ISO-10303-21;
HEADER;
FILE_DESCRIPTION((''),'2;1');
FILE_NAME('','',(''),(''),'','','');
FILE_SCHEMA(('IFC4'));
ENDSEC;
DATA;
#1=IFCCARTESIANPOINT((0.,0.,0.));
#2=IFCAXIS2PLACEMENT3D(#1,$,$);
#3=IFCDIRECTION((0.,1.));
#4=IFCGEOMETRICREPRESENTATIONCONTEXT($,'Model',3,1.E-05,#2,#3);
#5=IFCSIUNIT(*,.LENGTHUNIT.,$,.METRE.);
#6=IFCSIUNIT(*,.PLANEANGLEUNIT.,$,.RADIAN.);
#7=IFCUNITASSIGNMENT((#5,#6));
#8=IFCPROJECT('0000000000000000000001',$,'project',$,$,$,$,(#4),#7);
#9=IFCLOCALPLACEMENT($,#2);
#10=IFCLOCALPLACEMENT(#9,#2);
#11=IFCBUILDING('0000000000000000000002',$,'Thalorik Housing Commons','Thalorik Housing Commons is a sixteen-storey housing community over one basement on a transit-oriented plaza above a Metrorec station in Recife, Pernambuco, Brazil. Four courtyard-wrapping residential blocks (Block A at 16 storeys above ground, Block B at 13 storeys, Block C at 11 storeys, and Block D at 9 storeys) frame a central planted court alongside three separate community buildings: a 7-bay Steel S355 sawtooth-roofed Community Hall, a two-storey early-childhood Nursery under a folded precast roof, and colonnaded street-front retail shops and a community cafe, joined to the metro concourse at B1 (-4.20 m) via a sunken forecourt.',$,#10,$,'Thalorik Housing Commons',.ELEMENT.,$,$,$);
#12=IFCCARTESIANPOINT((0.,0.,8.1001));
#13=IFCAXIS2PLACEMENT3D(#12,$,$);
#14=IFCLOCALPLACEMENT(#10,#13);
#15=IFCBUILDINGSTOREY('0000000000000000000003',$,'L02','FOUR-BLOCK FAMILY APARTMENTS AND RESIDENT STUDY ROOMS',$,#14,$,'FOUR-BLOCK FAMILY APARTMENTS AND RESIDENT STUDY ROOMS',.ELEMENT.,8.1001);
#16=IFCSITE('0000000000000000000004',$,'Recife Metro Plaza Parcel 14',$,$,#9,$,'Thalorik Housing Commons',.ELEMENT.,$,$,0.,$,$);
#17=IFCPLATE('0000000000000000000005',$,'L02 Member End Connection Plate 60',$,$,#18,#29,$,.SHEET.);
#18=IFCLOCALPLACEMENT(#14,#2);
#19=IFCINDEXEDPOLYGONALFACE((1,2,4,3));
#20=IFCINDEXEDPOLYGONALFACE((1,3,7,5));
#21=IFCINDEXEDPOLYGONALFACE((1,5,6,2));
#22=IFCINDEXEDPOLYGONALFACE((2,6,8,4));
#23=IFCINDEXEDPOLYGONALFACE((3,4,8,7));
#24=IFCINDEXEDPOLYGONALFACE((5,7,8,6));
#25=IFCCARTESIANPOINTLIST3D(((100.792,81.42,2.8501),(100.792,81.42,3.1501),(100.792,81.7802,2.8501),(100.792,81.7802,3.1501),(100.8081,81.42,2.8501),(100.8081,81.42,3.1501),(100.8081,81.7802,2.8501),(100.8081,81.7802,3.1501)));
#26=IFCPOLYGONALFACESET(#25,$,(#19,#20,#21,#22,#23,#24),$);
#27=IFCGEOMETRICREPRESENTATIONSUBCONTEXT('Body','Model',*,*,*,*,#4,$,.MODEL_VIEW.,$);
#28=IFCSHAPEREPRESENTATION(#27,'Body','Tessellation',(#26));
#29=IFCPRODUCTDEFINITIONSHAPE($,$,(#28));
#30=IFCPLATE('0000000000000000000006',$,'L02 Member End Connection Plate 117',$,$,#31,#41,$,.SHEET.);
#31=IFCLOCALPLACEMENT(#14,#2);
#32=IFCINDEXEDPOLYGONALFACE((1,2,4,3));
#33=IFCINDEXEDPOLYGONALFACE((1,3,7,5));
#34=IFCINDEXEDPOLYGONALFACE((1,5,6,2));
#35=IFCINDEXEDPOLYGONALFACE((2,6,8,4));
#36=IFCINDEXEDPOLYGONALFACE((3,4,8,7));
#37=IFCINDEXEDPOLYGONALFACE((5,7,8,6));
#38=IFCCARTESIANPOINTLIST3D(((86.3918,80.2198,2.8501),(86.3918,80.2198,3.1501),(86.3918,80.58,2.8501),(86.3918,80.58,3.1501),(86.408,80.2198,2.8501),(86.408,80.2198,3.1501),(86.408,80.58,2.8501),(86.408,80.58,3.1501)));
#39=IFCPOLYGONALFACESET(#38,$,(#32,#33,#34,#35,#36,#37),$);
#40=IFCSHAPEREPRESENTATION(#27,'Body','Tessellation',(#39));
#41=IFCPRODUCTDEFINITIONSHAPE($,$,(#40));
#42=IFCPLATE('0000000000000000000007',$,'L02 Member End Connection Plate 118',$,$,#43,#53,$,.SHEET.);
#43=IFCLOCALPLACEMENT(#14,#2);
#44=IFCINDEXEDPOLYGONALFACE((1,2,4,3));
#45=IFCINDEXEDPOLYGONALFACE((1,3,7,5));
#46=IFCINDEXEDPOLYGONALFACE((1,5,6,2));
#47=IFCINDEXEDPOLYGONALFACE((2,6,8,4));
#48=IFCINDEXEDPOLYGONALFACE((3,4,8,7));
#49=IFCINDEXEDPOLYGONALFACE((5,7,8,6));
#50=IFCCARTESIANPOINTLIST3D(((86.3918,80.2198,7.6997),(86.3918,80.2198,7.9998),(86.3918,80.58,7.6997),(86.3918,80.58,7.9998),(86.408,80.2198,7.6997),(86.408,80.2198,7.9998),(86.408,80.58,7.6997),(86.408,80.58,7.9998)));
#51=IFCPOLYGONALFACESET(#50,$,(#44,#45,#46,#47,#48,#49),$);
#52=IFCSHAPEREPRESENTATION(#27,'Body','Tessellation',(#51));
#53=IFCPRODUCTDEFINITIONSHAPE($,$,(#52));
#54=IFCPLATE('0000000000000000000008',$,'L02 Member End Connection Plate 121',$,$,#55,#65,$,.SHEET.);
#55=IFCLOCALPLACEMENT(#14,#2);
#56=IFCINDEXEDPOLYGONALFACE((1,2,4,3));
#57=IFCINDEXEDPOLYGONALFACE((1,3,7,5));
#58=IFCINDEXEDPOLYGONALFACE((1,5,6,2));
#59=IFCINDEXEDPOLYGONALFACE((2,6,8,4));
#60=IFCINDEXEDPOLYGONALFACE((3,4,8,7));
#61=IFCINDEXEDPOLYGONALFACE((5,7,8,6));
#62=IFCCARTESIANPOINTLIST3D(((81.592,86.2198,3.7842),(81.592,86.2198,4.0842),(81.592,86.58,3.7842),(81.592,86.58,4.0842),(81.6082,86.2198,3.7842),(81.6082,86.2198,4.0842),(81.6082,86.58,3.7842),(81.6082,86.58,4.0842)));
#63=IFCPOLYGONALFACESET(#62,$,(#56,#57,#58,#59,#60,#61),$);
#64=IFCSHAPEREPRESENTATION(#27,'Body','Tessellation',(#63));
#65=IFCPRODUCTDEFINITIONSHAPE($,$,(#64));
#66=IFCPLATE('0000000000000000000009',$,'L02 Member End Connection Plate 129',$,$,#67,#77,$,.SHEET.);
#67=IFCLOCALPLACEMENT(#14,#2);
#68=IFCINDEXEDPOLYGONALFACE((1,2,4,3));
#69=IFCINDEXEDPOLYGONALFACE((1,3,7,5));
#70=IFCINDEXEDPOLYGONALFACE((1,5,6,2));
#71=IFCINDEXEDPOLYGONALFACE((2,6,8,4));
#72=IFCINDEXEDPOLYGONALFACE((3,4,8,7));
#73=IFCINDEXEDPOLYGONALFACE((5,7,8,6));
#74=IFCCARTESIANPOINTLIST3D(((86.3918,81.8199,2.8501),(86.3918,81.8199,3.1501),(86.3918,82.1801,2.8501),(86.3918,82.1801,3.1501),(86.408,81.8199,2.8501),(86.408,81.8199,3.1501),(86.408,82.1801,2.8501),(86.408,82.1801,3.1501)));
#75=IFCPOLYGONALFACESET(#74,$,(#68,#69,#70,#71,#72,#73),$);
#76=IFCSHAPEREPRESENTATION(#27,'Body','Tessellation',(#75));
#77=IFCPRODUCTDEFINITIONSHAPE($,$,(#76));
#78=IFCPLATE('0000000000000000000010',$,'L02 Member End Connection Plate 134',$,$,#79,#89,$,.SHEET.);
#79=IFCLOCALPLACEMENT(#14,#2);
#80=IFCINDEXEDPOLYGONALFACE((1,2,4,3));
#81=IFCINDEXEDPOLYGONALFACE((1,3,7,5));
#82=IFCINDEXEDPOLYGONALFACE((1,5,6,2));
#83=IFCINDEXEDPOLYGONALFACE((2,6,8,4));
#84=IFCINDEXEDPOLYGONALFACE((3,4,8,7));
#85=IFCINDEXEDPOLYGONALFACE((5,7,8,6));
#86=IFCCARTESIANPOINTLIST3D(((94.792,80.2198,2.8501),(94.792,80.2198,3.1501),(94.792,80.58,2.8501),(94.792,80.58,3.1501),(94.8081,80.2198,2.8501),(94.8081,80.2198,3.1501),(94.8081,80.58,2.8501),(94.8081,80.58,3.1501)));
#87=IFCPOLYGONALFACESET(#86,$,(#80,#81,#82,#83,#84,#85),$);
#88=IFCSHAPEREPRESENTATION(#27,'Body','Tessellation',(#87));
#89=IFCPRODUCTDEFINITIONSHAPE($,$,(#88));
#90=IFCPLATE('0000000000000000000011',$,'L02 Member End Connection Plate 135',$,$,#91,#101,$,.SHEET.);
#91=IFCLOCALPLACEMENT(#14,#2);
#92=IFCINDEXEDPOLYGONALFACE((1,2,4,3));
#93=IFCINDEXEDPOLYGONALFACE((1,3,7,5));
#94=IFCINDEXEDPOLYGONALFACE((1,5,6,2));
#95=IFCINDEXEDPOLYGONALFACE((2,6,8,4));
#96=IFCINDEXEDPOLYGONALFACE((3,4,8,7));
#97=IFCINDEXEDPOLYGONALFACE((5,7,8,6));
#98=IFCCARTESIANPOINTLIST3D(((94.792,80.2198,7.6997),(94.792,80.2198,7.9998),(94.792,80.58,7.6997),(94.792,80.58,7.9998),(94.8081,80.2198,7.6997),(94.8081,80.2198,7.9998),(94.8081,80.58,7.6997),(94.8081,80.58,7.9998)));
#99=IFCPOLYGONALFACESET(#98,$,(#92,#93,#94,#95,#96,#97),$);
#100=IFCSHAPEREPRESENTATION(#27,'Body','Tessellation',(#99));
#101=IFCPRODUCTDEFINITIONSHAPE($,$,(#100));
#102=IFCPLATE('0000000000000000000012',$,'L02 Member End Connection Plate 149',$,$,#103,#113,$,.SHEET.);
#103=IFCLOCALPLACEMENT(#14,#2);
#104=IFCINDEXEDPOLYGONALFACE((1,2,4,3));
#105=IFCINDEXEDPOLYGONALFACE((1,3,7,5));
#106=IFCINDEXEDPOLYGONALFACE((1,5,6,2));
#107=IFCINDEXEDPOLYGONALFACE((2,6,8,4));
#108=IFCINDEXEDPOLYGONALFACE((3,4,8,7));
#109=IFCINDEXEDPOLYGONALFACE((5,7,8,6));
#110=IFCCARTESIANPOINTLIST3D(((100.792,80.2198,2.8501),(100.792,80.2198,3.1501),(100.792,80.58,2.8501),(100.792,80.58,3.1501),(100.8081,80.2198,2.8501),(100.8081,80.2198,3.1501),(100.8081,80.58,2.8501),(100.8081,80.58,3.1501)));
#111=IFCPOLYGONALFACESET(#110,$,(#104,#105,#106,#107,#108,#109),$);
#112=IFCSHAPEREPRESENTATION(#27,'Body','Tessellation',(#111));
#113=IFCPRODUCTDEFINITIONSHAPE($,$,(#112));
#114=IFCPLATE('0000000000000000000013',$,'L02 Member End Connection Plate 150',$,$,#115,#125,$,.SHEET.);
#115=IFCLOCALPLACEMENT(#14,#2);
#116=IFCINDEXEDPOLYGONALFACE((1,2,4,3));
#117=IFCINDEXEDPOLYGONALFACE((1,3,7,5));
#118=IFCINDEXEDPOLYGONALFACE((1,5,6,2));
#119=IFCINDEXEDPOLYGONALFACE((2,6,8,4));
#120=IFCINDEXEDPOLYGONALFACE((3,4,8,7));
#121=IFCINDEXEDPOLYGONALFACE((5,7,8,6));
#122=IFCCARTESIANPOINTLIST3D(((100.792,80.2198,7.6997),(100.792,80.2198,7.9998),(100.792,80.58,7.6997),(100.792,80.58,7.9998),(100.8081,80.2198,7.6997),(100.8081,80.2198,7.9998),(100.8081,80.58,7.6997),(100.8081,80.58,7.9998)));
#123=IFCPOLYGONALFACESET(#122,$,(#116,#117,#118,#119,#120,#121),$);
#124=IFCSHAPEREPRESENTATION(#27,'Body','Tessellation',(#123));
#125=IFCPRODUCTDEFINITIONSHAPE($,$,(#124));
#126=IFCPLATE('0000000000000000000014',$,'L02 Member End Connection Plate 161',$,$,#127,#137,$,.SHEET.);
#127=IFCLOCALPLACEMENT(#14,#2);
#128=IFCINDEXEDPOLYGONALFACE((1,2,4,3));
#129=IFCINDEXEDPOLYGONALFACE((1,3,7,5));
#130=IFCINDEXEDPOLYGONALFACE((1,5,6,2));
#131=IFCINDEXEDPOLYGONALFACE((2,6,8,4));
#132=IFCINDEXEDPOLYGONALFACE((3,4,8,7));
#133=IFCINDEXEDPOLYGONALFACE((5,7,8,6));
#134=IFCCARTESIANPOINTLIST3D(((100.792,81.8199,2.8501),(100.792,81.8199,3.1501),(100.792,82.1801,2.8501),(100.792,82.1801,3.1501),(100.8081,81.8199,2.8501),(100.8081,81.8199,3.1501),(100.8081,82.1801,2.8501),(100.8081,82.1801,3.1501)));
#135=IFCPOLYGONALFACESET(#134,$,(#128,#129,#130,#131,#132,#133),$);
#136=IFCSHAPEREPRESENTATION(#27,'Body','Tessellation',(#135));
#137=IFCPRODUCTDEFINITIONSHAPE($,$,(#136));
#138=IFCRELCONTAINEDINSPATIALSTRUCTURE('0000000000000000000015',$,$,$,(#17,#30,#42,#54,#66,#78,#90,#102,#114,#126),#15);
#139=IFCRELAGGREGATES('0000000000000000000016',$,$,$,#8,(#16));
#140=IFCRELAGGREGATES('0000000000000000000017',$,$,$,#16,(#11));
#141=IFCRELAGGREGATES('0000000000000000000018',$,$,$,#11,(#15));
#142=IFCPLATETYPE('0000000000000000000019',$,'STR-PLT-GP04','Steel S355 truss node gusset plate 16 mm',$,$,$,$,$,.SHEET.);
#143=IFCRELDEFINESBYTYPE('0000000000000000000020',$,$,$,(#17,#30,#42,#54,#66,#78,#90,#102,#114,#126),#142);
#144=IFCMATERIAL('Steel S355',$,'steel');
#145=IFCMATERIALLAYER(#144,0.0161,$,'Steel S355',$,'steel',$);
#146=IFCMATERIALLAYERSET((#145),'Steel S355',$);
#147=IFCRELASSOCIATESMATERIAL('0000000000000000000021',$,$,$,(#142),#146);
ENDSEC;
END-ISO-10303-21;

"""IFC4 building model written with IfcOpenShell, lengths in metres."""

from ifc_helpers import new_model, si_unit, direction, frame, origin, origin_2d, place, context, subcontext, project, spatial, rectangle, extrude, material, layer, layer_set, type_object, element, save


model = new_model("IFC4")

# Units and contexts
model_context = context("Model", 3, precision=1e-05, world=origin(), true_north=direction((0.0, 1.0)))
body_context = subcontext(model_context, "Body", "Model", "MODEL_VIEW")
ifc_project = project(units=[si_unit("LENGTHUNIT", "METRE"), si_unit("PLANEANGLEUNIT", "RADIAN")], contexts=[model_context])

# Site, building, storey
site_placement = place(None, origin())
site = spatial("IfcSite", under=ifc_project, at=site_placement, Name="Recife Metro Plaza Parcel 14", LongName="Thalorik Housing Commons", CompositionType="ELEMENT", RefElevation=0.0)
building_placement = place(site_placement, origin())
building = spatial("IfcBuilding", under=site, at=building_placement, Name="Thalorik Housing Commons", Description="Thalorik Housing Commons is a sixteen-storey housing community over one basement on a transit-oriented plaza above a Metrorec station in Recife, Pernambuco, Brazil. Four courtyard-wrapping residential blocks (Block A at 16 storeys above ground, Block B at 13 storeys, Block C at 11 storeys, and Block D at 9 storeys) frame a central planted court alongside three separate community buildings: a 7-bay Steel S355 sawtooth-roofed Community Hall, a two-storey early-childhood Nursery under a folded precast roof, and colonnaded street-front retail shops and a community cafe, joined to the metro concourse at B1 (-4.20 m) via a sunken forecourt.", LongName="Thalorik Housing Commons", CompositionType="ELEMENT")
storey_placement = place(building_placement, frame((0.0, 0.0, 8.1001)))
storey = spatial("IfcBuildingStorey", under=building, at=storey_placement, Name="L02", Description="FOUR-BLOCK FAMILY APARTMENTS AND RESIDENT STUDY ROOMS", LongName="FOUR-BLOCK FAMILY APARTMENTS AND RESIDENT STUDY ROOMS", CompositionType="ELEMENT", Elevation=8.1001)

# Shared definitions
ifc_material_1 = material(Name="Steel S355", Category="steel")

# Plates
ifc_layer_1 = layer(ifc_material_1, 0.0161, Name="Steel S355", Category="steel")
ifc_layer_set_1 = layer_set([ifc_layer_1], Name="Steel S355")
plate_type_1 = type_object("IfcPlateType", Name="STR-PLT-GP04", Description="Steel S355 truss node gusset plate 16 mm", PredefinedType="SHEET", material=ifc_layer_set_1)
for number, where, z_axis, x_axis, name in (
    (1, (100.8, 81.6001, 2.8501), (0.0, 0.0, 1.0), (1.0, 0.0, 0.0), "L02 Member End Connection Plate 60"),
    (2, (86.3999, 80.3999, 2.8501), (0.0, 0.0, 1.0), (1.0, 0.0, 0.0), "L02 Member End Connection Plate 117"),
    (3, (86.3999, 80.3999, 7.6997), (0.0, 0.0, 1.0), (1.0, 0.0, 0.0), "L02 Member End Connection Plate 118"),
    (4, (81.6001, 86.3999, 3.7842), (0.0, 0.0, 1.0), (1.0, 0.0, 0.0), "L02 Member End Connection Plate 121"),
    (5, (86.3999, 82.0, 2.8501), (0.0, 0.0, 1.0), (1.0, 0.0, 0.0), "L02 Member End Connection Plate 129"),
    (6, (94.8, 80.3999, 2.8501), (0.0, 0.0, 1.0), (1.0, 0.0, 0.0), "L02 Member End Connection Plate 134"),
    (7, (94.8, 80.3999, 7.6997), (0.0, 0.0, 1.0), (1.0, 0.0, 0.0), "L02 Member End Connection Plate 135"),
    (8, (100.8, 80.3999, 2.8501), (0.0, 0.0, 1.0), (1.0, 0.0, 0.0), "L02 Member End Connection Plate 149"),
    (9, (100.8, 80.3999, 7.6997), (0.0, 0.0, 1.0), (1.0, 0.0, 0.0), "L02 Member End Connection Plate 150"),
    (10, (100.8, 82.0, 2.8501), (0.0, 0.0, 1.0), (1.0, 0.0, 0.0), "L02 Member End Connection Plate 161"),
):
    element("IfcPlate", number, at=place(storey_placement, frame(where, z_axis=z_axis, x_axis=x_axis)), inside=storey, type_object=plate_type_1, Name=name, PredefinedType="SHEET", context=body_context, shape_type="SweptSolid", body=[
        extrude(rectangle(XDim=0.0161, YDim=0.3601, at=origin_2d()), origin(), (0.0, 0.0, 1.0), 0.3),
    ])

save(model, "model.ifc")
